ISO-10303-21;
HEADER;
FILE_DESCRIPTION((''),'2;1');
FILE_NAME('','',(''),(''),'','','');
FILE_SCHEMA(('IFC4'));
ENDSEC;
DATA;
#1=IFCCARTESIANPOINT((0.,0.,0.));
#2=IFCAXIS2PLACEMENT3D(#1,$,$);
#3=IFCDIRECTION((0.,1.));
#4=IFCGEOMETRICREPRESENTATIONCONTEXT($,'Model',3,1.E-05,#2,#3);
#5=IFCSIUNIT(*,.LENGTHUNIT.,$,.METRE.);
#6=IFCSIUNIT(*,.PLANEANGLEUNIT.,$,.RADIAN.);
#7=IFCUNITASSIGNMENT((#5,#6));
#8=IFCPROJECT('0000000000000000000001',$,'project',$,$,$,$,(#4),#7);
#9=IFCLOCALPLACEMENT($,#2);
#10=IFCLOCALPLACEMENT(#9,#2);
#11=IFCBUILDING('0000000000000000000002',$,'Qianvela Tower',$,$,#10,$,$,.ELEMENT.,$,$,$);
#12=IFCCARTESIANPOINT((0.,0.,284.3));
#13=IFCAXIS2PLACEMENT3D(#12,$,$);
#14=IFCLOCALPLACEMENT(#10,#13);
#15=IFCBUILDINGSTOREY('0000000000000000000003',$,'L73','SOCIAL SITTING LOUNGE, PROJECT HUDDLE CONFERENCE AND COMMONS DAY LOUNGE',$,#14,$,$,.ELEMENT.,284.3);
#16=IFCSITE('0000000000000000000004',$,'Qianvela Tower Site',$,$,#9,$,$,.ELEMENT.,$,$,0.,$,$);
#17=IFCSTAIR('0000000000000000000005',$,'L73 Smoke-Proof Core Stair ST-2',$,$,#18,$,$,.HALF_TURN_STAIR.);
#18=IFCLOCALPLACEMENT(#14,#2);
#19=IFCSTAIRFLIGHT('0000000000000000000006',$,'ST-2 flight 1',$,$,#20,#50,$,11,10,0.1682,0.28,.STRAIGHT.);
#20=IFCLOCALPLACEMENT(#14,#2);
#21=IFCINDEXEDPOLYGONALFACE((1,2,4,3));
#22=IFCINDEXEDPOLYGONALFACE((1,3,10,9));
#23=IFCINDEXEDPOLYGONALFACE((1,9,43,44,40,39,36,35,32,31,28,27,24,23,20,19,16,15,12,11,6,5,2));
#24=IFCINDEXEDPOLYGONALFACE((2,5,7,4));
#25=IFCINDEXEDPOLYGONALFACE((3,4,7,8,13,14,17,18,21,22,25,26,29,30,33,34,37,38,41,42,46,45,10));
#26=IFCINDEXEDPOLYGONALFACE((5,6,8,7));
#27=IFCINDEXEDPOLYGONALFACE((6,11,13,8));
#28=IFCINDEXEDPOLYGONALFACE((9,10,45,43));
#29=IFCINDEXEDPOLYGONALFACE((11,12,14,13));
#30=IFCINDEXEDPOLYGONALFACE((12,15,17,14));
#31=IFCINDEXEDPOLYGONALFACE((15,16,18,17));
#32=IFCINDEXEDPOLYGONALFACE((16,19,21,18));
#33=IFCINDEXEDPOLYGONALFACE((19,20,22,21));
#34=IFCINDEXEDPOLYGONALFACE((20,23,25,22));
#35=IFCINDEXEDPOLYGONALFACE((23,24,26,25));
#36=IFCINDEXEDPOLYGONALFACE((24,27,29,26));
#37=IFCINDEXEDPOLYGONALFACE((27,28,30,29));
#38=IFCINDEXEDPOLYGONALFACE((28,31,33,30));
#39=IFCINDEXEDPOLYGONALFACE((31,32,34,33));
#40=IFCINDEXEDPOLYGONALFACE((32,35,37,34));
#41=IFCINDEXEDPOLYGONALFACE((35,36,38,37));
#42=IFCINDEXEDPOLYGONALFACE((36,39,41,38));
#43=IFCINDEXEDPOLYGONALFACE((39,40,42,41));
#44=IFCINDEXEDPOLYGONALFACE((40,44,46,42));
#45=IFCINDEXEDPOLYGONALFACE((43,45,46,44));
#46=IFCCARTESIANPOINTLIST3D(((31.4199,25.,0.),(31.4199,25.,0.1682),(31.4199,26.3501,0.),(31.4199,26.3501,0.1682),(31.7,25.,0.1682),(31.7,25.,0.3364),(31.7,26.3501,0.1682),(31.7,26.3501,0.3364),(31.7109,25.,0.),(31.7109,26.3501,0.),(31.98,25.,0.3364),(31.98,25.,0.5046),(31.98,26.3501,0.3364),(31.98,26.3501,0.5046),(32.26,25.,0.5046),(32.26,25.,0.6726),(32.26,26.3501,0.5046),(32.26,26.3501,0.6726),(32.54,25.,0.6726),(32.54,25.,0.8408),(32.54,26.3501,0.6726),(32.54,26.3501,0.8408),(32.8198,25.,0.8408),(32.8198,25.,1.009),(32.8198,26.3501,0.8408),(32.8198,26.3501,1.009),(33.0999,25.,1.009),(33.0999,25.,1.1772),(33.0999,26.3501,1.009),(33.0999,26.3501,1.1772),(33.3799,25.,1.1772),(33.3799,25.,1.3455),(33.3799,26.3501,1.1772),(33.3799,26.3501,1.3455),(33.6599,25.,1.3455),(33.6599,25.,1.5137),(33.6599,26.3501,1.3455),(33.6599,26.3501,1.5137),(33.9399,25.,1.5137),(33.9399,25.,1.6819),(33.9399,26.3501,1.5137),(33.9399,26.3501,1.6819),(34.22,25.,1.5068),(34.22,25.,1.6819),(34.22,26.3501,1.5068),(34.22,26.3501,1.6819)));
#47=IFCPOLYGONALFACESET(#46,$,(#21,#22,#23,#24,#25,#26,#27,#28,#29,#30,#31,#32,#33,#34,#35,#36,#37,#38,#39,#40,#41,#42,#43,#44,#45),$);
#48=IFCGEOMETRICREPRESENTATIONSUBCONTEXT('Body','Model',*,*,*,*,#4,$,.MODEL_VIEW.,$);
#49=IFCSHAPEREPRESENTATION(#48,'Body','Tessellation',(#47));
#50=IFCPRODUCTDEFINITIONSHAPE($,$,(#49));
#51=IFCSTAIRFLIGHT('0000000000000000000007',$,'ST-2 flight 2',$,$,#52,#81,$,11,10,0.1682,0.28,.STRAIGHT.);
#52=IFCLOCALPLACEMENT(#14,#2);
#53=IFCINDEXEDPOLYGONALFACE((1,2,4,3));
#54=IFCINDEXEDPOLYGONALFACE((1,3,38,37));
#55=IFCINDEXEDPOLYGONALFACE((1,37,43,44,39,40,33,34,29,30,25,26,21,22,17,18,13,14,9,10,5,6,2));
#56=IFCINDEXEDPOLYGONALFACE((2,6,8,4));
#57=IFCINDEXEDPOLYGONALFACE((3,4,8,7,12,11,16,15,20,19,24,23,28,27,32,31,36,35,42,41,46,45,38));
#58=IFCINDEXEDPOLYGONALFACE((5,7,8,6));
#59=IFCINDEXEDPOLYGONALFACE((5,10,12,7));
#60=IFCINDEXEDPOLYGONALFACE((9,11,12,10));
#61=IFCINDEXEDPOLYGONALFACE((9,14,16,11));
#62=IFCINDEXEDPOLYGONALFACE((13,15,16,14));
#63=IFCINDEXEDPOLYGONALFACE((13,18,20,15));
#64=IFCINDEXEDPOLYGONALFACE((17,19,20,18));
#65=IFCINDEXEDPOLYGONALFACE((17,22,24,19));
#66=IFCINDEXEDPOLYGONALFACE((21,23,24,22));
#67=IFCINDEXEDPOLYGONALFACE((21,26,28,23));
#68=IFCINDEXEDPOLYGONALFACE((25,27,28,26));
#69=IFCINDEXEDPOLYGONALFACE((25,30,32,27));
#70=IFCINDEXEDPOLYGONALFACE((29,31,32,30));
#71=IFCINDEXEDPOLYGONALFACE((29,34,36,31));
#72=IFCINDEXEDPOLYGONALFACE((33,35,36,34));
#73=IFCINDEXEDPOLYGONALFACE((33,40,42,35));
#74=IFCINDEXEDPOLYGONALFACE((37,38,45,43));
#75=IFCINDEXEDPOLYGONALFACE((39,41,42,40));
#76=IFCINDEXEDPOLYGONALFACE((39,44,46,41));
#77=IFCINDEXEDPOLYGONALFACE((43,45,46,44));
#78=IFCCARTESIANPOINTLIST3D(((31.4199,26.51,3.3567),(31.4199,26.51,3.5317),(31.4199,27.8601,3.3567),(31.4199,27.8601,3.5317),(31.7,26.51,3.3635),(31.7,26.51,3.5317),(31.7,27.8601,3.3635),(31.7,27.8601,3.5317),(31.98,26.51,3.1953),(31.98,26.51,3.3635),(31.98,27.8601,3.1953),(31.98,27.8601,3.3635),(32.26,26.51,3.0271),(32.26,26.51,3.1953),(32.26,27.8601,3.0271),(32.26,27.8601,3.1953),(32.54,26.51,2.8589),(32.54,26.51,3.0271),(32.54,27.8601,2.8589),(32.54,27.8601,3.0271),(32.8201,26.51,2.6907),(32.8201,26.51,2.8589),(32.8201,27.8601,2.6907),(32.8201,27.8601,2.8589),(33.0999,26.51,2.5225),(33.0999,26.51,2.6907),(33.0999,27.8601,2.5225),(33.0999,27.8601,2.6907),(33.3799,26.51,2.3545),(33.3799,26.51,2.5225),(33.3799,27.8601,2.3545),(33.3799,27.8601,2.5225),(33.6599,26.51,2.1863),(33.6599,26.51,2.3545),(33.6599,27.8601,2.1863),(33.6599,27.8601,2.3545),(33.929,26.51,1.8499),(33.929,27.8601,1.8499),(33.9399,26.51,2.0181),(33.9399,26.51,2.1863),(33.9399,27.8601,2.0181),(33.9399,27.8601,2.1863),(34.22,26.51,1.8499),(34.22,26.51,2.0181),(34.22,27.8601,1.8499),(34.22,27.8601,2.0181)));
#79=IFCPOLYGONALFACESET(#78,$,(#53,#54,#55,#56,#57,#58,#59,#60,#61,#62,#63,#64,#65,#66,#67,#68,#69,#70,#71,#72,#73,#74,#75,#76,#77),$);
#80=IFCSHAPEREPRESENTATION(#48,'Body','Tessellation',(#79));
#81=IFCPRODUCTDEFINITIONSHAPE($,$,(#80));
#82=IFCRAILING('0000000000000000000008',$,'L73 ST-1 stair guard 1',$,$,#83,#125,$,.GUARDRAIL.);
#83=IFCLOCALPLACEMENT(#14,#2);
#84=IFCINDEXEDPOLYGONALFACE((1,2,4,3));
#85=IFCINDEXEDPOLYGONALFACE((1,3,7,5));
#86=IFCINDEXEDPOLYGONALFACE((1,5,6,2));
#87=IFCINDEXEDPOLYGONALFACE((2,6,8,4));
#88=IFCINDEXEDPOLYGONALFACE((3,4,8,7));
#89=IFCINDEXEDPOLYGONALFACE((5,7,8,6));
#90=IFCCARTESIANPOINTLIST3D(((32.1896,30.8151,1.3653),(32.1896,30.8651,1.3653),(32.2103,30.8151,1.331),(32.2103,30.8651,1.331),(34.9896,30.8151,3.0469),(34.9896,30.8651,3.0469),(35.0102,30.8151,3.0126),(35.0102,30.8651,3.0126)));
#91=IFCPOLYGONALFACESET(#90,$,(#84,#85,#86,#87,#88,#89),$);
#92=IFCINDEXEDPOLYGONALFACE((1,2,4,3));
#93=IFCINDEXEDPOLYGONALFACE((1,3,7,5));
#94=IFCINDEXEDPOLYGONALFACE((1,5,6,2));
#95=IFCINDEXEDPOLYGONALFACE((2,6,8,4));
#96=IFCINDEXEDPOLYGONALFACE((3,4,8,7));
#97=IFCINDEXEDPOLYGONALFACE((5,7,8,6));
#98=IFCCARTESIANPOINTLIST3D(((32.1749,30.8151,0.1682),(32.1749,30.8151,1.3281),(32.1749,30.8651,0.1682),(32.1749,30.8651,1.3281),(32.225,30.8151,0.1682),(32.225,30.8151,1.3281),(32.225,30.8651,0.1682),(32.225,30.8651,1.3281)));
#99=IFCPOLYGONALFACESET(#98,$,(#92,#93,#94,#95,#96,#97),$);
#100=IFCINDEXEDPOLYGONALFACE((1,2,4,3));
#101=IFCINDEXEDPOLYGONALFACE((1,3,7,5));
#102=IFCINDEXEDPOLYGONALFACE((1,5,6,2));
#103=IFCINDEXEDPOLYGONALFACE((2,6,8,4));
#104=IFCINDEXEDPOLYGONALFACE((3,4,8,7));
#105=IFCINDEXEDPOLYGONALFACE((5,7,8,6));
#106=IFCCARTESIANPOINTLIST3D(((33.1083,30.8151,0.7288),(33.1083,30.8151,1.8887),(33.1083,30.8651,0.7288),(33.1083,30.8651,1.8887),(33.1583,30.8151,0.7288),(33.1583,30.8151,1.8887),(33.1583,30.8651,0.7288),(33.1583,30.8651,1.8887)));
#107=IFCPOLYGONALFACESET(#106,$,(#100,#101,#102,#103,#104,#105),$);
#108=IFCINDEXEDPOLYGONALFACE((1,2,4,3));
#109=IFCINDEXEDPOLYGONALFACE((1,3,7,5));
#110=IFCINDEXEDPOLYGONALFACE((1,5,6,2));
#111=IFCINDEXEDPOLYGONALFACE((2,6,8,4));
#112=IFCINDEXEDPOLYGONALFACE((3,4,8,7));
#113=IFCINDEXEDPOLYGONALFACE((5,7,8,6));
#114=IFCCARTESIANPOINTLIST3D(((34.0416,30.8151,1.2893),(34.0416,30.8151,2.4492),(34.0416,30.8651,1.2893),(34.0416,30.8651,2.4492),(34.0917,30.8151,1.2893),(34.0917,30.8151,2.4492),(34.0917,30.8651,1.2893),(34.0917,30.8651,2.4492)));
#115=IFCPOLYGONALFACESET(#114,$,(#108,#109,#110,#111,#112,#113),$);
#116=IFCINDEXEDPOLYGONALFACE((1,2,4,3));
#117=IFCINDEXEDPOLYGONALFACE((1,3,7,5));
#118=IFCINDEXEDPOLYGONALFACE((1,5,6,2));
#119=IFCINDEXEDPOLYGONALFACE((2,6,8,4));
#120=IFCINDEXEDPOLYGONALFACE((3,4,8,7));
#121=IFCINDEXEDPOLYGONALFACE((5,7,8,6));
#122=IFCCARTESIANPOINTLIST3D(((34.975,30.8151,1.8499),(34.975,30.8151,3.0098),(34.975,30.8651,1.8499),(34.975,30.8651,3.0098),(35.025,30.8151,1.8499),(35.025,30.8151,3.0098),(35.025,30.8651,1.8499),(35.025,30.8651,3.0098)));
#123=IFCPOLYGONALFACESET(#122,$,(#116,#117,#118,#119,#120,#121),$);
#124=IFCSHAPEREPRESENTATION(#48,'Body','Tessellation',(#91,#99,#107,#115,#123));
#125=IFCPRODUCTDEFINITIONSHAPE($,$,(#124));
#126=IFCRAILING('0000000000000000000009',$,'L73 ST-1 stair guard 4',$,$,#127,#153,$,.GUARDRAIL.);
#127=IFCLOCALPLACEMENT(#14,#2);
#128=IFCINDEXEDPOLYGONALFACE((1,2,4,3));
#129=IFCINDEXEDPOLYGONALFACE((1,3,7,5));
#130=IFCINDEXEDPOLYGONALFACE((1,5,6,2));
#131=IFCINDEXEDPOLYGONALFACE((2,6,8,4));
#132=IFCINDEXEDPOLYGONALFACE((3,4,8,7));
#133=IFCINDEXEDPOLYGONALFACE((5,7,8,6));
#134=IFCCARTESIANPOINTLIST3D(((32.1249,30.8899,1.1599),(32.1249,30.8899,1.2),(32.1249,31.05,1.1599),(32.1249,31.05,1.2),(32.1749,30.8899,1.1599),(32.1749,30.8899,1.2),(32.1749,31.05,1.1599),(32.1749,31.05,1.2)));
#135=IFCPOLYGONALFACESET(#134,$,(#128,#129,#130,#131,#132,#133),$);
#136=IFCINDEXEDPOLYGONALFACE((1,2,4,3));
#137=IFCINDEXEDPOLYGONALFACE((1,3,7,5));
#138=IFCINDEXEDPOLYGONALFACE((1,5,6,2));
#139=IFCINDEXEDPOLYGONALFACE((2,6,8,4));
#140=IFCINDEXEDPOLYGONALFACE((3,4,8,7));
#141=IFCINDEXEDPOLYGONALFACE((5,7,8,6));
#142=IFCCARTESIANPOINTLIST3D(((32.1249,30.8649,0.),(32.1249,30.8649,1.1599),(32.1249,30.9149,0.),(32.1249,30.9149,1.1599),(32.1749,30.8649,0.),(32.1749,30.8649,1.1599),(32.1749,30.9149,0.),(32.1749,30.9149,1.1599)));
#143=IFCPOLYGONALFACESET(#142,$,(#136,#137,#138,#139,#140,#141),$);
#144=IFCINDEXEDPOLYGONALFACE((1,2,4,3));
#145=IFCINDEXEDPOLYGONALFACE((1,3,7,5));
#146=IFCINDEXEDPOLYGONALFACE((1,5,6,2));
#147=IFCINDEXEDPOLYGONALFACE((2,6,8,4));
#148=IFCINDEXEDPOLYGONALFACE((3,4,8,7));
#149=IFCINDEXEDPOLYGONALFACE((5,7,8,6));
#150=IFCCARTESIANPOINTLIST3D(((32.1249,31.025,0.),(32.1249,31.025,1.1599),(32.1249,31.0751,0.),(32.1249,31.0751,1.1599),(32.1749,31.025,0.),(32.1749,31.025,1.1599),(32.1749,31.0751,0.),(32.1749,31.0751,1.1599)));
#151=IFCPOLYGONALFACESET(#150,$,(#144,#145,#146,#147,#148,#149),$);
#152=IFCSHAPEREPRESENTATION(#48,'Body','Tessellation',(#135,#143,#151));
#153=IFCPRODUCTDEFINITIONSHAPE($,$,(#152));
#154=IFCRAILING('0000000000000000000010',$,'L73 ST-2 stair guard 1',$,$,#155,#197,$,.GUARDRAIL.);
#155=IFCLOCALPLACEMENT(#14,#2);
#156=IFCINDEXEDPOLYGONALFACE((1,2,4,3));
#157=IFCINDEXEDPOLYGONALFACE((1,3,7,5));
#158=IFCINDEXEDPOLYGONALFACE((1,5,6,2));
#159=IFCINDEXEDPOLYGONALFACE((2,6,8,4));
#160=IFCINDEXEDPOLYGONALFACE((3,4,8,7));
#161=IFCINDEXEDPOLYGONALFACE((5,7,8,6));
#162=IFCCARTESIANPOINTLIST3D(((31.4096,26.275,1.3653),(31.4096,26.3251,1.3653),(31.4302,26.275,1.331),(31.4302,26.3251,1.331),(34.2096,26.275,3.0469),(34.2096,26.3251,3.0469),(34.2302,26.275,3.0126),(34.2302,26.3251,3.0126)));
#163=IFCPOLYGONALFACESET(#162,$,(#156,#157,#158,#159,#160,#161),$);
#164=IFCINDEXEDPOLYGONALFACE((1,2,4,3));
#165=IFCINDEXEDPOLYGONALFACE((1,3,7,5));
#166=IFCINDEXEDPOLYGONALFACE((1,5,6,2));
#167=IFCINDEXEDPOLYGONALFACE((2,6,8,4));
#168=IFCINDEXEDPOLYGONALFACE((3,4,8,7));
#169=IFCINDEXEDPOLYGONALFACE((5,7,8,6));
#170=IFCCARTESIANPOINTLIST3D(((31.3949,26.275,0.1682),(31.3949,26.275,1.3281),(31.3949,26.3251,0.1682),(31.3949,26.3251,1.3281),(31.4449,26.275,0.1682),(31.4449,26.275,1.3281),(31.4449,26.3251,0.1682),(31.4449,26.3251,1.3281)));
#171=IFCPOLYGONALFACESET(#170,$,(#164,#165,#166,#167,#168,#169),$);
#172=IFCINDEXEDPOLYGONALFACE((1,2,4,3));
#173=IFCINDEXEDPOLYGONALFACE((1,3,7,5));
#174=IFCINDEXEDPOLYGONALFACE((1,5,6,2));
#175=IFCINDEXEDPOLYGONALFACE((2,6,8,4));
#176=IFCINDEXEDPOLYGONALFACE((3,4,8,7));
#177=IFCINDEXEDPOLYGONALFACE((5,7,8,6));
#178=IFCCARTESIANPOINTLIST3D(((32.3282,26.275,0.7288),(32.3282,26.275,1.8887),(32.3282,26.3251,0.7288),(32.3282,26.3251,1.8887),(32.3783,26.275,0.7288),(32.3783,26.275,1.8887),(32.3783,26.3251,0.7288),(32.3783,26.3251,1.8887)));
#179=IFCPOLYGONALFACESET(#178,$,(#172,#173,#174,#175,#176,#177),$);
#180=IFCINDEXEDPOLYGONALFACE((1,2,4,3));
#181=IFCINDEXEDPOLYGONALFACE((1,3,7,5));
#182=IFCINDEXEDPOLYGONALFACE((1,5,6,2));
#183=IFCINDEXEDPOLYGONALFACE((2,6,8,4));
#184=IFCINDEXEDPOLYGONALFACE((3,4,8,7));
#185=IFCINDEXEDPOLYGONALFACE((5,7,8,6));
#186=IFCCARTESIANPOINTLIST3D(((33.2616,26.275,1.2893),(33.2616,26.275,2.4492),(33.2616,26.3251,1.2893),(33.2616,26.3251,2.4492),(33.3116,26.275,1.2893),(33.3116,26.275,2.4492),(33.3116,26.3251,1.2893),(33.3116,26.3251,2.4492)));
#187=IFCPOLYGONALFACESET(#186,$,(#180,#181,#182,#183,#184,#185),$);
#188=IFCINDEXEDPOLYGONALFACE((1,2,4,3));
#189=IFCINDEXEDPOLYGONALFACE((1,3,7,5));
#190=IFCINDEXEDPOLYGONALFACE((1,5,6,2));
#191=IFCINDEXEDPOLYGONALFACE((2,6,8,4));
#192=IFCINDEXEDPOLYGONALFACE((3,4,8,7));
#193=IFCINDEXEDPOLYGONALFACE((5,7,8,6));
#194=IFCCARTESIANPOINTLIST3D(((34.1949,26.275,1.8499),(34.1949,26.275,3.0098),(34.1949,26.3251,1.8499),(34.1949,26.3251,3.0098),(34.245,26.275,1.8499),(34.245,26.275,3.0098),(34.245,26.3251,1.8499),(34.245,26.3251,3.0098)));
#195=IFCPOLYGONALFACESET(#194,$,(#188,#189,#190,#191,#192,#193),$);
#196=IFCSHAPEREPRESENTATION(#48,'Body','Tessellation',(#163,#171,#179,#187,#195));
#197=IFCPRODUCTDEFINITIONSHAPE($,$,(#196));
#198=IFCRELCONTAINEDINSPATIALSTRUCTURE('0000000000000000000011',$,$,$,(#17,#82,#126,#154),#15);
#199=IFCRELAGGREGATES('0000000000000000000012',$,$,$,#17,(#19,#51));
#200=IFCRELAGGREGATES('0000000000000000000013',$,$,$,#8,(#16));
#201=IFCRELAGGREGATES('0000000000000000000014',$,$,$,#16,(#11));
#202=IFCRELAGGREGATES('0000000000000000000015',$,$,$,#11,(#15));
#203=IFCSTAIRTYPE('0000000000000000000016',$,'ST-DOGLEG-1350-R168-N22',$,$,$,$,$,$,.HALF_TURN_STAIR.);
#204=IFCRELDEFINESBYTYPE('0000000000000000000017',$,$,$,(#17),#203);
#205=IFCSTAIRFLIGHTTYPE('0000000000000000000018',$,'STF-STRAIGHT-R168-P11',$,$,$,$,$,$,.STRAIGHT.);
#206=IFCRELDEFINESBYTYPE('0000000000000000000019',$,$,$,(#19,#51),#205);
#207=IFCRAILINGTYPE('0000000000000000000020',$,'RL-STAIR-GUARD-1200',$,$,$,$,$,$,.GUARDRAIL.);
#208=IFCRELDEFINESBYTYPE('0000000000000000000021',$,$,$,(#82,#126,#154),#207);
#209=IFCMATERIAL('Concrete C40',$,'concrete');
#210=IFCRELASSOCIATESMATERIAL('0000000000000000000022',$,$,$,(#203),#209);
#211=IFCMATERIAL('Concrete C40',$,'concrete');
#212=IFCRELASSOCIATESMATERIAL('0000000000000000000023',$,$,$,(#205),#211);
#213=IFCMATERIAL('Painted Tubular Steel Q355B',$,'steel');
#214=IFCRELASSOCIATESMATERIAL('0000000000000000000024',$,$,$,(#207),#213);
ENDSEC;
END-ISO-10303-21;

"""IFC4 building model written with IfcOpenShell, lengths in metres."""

from ifc_helpers import new_model, si_unit, direction, frame, origin, origin_2d, place, context, subcontext, project, spatial, polyline, rectangle, outline, extrude, material, type_object, element, aggregate, save


model = new_model("IFC4")

# Units and contexts
model_context = context("Model", 3, precision=1e-05, world=origin(), true_north=direction((0.0, 1.0)))
body_context = subcontext(model_context, "Body", "Model", "MODEL_VIEW")
ifc_project = project(units=[si_unit("LENGTHUNIT", "METRE"), si_unit("PLANEANGLEUNIT", "RADIAN")], contexts=[model_context])

# Site, building, storey
site_placement = place(None, origin())
site = spatial("IfcSite", under=ifc_project, at=site_placement, Name="Qianvela Tower Site", CompositionType="ELEMENT", RefElevation=0.0)
building_placement = place(site_placement, origin())
building = spatial("IfcBuilding", under=site, at=building_placement, Name="Qianvela Tower", CompositionType="ELEMENT")
storey_placement = place(building_placement, frame((0.0, 0.0, 284.3)))
storey = spatial("IfcBuildingStorey", under=building, at=storey_placement, Name="L73", Description="SOCIAL SITTING LOUNGE, PROJECT HUDDLE CONFERENCE AND COMMONS DAY LOUNGE", CompositionType="ELEMENT", Elevation=284.3)

# Shared definitions
ifc_material_1 = material(Name="Concrete C40", Category="concrete")
stair_type = type_object("IfcStairType", Name="ST-DOGLEG-1350-R168-N22", PredefinedType="HALF_TURN_STAIR", material=ifc_material_1)
ifc_material_2 = material(Name="Concrete C40", Category="concrete")
stair_flight_type = type_object("IfcStairFlightType", Name="STF-STRAIGHT-R168-P11", PredefinedType="STRAIGHT", material=ifc_material_2)

# Stair, stair flights
stair_1_placement = place(storey_placement, origin())
stair_1 = element("IfcStair", 1, at=stair_1_placement, inside=storey, type_object=stair_type, Name="L73 Smoke-Proof Core Stair ST-2", PredefinedType="HALF_TURN_STAIR")
stair_flight_1_placement = place(storey_placement, frame((31.4199, 25.675, 0.0), z_axis=(0.0, 0.0, 1.0), x_axis=(1.0, 0.0, 0.0)))
stair_flight_1 = element("IfcStairFlight", 2, at=stair_flight_1_placement, type_object=stair_flight_type, Name="ST-2 flight 1", NumberOfRisers=11, NumberOfTreads=10, PredefinedType="STRAIGHT", RiserHeight=0.1682, TreadLength=0.28, context=body_context, shape_type="SweptSolid", body=[
    extrude(outline(polyline([(0.0, 0.0), (0.0, 0.1682), (0.28, 0.1682), (0.28, 0.3364), (0.5601, 0.3364), (0.5601, 0.5046), (0.8401, 0.5046), (0.8401, 0.6726), (1.1201, 0.6726), (1.1201, 0.8408), (1.3999, 0.8408), (1.3999, 1.009), (1.6799, 1.009), (1.6799, 1.1772), (1.96, 1.1772), (1.96, 1.3455), (2.24, 1.3455), (2.24, 1.5137), (2.52, 1.5137), (2.52, 1.6819), (2.8, 1.6819), (2.8, 1.8501), (2.8, 1.5068), (0.291, 0.0), (0.0, 0.0)])), frame((0.0, 0.675, 0.0), z_axis=(0.0, -1.0, 0.0), x_axis=(1.0, 0.0, 0.0)), (0.0, 0.0, 1.0), 1.3501),
])
stair_flight_2_placement = place(storey_placement, frame((34.22, 27.1851, 1.8499), z_axis=(0.0, 0.0, 1.0), x_axis=(-1.0, 0.0, 0.0)))
stair_flight_2 = element("IfcStairFlight", 3, at=stair_flight_2_placement, type_object=stair_flight_type, Name="ST-2 flight 2", NumberOfRisers=11, NumberOfTreads=10, PredefinedType="STRAIGHT", RiserHeight=0.1682, TreadLength=0.28, context=body_context, shape_type="SweptSolid", body=[
    extrude(outline(polyline([(0.0, 0.0), (0.0, 0.1682), (0.28, 0.1682), (0.28, 0.3364), (0.5601, 0.3364), (0.5601, 0.5046), (0.8401, 0.5046), (0.8401, 0.6726), (1.1201, 0.6726), (1.1201, 0.8408), (1.3999, 0.8408), (1.3999, 1.009), (1.6799, 1.009), (1.6799, 1.1772), (1.96, 1.1772), (1.96, 1.3455), (2.24, 1.3455), (2.24, 1.5137), (2.52, 1.5137), (2.52, 1.6819), (2.8, 1.6819), (2.8, 1.8501), (2.8, 1.5068), (0.291, 0.0), (0.0, 0.0)])), frame((0.0, 0.675, 0.0), z_axis=(0.0, -1.0, 0.0), x_axis=(1.0, 0.0, 0.0)), (0.0, 0.0, 1.0), 1.3501),
])
aggregate(stair_1, [stair_flight_1, stair_flight_2])

# Railings
ifc_material_3 = material(Name="Painted Tubular Steel Q355B", Category="steel")
railing_type_1 = type_object("IfcRailingType", Name="RL-STAIR-GUARD-1200", PredefinedType="GUARDRAIL", material=ifc_material_3)
railing_1_placement = place(storey_placement, frame((32.2, 30.8401, 0.1682)))
element("IfcRailing", 4, at=railing_1_placement, inside=storey, type_object=railing_type_1, Name="L73 ST-1 stair guard 1", PredefinedType="GUARDRAIL", context=body_context, shape_type="SweptSolid", body=[
    extrude(rectangle(XDim=0.05, YDim=0.04, at=origin_2d()), frame((0.0, 0.0, 1.1799), z_axis=(0.857275, 0.0, 0.514858), x_axis=(0.0, 1.0, 0.0)), (0.0, 0.0, 1.0), 3.2661),
    extrude(rectangle(XDim=0.05, YDim=0.05, at=origin_2d()), origin(), (0.0, 0.0, 1.0), 1.1599),
    extrude(rectangle(XDim=0.05, YDim=0.05, at=origin_2d()), frame((0.9333, 0.0, 0.5605)), (0.0, 0.0, 1.0), 1.1599),
    extrude(rectangle(XDim=0.05, YDim=0.05, at=origin_2d()), frame((1.8667, 0.0, 1.1211)), (0.0, 0.0, 1.0), 1.1599),
    extrude(rectangle(XDim=0.05, YDim=0.05, at=origin_2d()), frame((2.8, 0.0, 1.6816)), (0.0, 0.0, 1.0), 1.1599),
])
railing_2_placement = place(storey_placement, frame((32.1499, 30.8899, 0.0)))
element("IfcRailing", 5, at=railing_2_placement, inside=storey, type_object=railing_type_1, Name="L73 ST-1 stair guard 4", PredefinedType="GUARDRAIL", context=body_context, shape_type="SweptSolid", body=[
    extrude(rectangle(XDim=0.05, YDim=0.04, at=origin_2d()), frame((0.0, 0.0, 1.1799), z_axis=(0.0, 1.0, 0.0), x_axis=(-1.0, 0.0, 0.0)), (0.0, 0.0, 1.0), 0.1602),
    extrude(rectangle(XDim=0.05, YDim=0.05, at=origin_2d()), origin(), (0.0, 0.0, 1.0), 1.1599),
    extrude(rectangle(XDim=0.05, YDim=0.05, at=origin_2d()), frame((0.0, 0.1602, 0.0)), (0.0, 0.0, 1.0), 1.1599),
])
railing_3_placement = place(storey_placement, frame((31.4199, 26.3, 0.1682)))
element("IfcRailing", 6, at=railing_3_placement, inside=storey, type_object=railing_type_1, Name="L73 ST-2 stair guard 1", PredefinedType="GUARDRAIL", context=body_context, shape_type="SweptSolid", body=[
    extrude(rectangle(XDim=0.05, YDim=0.04, at=origin_2d()), frame((0.0, 0.0, 1.1799), z_axis=(0.857275, 0.0, 0.514858), x_axis=(0.0, 1.0, 0.0)), (0.0, 0.0, 1.0), 3.2661),
    extrude(rectangle(XDim=0.05, YDim=0.05, at=origin_2d()), origin(), (0.0, 0.0, 1.0), 1.1599),
    extrude(rectangle(XDim=0.05, YDim=0.05, at=origin_2d()), frame((0.9333, 0.0, 0.5605)), (0.0, 0.0, 1.0), 1.1599),
    extrude(rectangle(XDim=0.05, YDim=0.05, at=origin_2d()), frame((1.8667, 0.0, 1.1211)), (0.0, 0.0, 1.0), 1.1599),
    extrude(rectangle(XDim=0.05, YDim=0.05, at=origin_2d()), frame((2.8, 0.0, 1.6816)), (0.0, 0.0, 1.0), 1.1599),
])

save(model, "model.ifc")
